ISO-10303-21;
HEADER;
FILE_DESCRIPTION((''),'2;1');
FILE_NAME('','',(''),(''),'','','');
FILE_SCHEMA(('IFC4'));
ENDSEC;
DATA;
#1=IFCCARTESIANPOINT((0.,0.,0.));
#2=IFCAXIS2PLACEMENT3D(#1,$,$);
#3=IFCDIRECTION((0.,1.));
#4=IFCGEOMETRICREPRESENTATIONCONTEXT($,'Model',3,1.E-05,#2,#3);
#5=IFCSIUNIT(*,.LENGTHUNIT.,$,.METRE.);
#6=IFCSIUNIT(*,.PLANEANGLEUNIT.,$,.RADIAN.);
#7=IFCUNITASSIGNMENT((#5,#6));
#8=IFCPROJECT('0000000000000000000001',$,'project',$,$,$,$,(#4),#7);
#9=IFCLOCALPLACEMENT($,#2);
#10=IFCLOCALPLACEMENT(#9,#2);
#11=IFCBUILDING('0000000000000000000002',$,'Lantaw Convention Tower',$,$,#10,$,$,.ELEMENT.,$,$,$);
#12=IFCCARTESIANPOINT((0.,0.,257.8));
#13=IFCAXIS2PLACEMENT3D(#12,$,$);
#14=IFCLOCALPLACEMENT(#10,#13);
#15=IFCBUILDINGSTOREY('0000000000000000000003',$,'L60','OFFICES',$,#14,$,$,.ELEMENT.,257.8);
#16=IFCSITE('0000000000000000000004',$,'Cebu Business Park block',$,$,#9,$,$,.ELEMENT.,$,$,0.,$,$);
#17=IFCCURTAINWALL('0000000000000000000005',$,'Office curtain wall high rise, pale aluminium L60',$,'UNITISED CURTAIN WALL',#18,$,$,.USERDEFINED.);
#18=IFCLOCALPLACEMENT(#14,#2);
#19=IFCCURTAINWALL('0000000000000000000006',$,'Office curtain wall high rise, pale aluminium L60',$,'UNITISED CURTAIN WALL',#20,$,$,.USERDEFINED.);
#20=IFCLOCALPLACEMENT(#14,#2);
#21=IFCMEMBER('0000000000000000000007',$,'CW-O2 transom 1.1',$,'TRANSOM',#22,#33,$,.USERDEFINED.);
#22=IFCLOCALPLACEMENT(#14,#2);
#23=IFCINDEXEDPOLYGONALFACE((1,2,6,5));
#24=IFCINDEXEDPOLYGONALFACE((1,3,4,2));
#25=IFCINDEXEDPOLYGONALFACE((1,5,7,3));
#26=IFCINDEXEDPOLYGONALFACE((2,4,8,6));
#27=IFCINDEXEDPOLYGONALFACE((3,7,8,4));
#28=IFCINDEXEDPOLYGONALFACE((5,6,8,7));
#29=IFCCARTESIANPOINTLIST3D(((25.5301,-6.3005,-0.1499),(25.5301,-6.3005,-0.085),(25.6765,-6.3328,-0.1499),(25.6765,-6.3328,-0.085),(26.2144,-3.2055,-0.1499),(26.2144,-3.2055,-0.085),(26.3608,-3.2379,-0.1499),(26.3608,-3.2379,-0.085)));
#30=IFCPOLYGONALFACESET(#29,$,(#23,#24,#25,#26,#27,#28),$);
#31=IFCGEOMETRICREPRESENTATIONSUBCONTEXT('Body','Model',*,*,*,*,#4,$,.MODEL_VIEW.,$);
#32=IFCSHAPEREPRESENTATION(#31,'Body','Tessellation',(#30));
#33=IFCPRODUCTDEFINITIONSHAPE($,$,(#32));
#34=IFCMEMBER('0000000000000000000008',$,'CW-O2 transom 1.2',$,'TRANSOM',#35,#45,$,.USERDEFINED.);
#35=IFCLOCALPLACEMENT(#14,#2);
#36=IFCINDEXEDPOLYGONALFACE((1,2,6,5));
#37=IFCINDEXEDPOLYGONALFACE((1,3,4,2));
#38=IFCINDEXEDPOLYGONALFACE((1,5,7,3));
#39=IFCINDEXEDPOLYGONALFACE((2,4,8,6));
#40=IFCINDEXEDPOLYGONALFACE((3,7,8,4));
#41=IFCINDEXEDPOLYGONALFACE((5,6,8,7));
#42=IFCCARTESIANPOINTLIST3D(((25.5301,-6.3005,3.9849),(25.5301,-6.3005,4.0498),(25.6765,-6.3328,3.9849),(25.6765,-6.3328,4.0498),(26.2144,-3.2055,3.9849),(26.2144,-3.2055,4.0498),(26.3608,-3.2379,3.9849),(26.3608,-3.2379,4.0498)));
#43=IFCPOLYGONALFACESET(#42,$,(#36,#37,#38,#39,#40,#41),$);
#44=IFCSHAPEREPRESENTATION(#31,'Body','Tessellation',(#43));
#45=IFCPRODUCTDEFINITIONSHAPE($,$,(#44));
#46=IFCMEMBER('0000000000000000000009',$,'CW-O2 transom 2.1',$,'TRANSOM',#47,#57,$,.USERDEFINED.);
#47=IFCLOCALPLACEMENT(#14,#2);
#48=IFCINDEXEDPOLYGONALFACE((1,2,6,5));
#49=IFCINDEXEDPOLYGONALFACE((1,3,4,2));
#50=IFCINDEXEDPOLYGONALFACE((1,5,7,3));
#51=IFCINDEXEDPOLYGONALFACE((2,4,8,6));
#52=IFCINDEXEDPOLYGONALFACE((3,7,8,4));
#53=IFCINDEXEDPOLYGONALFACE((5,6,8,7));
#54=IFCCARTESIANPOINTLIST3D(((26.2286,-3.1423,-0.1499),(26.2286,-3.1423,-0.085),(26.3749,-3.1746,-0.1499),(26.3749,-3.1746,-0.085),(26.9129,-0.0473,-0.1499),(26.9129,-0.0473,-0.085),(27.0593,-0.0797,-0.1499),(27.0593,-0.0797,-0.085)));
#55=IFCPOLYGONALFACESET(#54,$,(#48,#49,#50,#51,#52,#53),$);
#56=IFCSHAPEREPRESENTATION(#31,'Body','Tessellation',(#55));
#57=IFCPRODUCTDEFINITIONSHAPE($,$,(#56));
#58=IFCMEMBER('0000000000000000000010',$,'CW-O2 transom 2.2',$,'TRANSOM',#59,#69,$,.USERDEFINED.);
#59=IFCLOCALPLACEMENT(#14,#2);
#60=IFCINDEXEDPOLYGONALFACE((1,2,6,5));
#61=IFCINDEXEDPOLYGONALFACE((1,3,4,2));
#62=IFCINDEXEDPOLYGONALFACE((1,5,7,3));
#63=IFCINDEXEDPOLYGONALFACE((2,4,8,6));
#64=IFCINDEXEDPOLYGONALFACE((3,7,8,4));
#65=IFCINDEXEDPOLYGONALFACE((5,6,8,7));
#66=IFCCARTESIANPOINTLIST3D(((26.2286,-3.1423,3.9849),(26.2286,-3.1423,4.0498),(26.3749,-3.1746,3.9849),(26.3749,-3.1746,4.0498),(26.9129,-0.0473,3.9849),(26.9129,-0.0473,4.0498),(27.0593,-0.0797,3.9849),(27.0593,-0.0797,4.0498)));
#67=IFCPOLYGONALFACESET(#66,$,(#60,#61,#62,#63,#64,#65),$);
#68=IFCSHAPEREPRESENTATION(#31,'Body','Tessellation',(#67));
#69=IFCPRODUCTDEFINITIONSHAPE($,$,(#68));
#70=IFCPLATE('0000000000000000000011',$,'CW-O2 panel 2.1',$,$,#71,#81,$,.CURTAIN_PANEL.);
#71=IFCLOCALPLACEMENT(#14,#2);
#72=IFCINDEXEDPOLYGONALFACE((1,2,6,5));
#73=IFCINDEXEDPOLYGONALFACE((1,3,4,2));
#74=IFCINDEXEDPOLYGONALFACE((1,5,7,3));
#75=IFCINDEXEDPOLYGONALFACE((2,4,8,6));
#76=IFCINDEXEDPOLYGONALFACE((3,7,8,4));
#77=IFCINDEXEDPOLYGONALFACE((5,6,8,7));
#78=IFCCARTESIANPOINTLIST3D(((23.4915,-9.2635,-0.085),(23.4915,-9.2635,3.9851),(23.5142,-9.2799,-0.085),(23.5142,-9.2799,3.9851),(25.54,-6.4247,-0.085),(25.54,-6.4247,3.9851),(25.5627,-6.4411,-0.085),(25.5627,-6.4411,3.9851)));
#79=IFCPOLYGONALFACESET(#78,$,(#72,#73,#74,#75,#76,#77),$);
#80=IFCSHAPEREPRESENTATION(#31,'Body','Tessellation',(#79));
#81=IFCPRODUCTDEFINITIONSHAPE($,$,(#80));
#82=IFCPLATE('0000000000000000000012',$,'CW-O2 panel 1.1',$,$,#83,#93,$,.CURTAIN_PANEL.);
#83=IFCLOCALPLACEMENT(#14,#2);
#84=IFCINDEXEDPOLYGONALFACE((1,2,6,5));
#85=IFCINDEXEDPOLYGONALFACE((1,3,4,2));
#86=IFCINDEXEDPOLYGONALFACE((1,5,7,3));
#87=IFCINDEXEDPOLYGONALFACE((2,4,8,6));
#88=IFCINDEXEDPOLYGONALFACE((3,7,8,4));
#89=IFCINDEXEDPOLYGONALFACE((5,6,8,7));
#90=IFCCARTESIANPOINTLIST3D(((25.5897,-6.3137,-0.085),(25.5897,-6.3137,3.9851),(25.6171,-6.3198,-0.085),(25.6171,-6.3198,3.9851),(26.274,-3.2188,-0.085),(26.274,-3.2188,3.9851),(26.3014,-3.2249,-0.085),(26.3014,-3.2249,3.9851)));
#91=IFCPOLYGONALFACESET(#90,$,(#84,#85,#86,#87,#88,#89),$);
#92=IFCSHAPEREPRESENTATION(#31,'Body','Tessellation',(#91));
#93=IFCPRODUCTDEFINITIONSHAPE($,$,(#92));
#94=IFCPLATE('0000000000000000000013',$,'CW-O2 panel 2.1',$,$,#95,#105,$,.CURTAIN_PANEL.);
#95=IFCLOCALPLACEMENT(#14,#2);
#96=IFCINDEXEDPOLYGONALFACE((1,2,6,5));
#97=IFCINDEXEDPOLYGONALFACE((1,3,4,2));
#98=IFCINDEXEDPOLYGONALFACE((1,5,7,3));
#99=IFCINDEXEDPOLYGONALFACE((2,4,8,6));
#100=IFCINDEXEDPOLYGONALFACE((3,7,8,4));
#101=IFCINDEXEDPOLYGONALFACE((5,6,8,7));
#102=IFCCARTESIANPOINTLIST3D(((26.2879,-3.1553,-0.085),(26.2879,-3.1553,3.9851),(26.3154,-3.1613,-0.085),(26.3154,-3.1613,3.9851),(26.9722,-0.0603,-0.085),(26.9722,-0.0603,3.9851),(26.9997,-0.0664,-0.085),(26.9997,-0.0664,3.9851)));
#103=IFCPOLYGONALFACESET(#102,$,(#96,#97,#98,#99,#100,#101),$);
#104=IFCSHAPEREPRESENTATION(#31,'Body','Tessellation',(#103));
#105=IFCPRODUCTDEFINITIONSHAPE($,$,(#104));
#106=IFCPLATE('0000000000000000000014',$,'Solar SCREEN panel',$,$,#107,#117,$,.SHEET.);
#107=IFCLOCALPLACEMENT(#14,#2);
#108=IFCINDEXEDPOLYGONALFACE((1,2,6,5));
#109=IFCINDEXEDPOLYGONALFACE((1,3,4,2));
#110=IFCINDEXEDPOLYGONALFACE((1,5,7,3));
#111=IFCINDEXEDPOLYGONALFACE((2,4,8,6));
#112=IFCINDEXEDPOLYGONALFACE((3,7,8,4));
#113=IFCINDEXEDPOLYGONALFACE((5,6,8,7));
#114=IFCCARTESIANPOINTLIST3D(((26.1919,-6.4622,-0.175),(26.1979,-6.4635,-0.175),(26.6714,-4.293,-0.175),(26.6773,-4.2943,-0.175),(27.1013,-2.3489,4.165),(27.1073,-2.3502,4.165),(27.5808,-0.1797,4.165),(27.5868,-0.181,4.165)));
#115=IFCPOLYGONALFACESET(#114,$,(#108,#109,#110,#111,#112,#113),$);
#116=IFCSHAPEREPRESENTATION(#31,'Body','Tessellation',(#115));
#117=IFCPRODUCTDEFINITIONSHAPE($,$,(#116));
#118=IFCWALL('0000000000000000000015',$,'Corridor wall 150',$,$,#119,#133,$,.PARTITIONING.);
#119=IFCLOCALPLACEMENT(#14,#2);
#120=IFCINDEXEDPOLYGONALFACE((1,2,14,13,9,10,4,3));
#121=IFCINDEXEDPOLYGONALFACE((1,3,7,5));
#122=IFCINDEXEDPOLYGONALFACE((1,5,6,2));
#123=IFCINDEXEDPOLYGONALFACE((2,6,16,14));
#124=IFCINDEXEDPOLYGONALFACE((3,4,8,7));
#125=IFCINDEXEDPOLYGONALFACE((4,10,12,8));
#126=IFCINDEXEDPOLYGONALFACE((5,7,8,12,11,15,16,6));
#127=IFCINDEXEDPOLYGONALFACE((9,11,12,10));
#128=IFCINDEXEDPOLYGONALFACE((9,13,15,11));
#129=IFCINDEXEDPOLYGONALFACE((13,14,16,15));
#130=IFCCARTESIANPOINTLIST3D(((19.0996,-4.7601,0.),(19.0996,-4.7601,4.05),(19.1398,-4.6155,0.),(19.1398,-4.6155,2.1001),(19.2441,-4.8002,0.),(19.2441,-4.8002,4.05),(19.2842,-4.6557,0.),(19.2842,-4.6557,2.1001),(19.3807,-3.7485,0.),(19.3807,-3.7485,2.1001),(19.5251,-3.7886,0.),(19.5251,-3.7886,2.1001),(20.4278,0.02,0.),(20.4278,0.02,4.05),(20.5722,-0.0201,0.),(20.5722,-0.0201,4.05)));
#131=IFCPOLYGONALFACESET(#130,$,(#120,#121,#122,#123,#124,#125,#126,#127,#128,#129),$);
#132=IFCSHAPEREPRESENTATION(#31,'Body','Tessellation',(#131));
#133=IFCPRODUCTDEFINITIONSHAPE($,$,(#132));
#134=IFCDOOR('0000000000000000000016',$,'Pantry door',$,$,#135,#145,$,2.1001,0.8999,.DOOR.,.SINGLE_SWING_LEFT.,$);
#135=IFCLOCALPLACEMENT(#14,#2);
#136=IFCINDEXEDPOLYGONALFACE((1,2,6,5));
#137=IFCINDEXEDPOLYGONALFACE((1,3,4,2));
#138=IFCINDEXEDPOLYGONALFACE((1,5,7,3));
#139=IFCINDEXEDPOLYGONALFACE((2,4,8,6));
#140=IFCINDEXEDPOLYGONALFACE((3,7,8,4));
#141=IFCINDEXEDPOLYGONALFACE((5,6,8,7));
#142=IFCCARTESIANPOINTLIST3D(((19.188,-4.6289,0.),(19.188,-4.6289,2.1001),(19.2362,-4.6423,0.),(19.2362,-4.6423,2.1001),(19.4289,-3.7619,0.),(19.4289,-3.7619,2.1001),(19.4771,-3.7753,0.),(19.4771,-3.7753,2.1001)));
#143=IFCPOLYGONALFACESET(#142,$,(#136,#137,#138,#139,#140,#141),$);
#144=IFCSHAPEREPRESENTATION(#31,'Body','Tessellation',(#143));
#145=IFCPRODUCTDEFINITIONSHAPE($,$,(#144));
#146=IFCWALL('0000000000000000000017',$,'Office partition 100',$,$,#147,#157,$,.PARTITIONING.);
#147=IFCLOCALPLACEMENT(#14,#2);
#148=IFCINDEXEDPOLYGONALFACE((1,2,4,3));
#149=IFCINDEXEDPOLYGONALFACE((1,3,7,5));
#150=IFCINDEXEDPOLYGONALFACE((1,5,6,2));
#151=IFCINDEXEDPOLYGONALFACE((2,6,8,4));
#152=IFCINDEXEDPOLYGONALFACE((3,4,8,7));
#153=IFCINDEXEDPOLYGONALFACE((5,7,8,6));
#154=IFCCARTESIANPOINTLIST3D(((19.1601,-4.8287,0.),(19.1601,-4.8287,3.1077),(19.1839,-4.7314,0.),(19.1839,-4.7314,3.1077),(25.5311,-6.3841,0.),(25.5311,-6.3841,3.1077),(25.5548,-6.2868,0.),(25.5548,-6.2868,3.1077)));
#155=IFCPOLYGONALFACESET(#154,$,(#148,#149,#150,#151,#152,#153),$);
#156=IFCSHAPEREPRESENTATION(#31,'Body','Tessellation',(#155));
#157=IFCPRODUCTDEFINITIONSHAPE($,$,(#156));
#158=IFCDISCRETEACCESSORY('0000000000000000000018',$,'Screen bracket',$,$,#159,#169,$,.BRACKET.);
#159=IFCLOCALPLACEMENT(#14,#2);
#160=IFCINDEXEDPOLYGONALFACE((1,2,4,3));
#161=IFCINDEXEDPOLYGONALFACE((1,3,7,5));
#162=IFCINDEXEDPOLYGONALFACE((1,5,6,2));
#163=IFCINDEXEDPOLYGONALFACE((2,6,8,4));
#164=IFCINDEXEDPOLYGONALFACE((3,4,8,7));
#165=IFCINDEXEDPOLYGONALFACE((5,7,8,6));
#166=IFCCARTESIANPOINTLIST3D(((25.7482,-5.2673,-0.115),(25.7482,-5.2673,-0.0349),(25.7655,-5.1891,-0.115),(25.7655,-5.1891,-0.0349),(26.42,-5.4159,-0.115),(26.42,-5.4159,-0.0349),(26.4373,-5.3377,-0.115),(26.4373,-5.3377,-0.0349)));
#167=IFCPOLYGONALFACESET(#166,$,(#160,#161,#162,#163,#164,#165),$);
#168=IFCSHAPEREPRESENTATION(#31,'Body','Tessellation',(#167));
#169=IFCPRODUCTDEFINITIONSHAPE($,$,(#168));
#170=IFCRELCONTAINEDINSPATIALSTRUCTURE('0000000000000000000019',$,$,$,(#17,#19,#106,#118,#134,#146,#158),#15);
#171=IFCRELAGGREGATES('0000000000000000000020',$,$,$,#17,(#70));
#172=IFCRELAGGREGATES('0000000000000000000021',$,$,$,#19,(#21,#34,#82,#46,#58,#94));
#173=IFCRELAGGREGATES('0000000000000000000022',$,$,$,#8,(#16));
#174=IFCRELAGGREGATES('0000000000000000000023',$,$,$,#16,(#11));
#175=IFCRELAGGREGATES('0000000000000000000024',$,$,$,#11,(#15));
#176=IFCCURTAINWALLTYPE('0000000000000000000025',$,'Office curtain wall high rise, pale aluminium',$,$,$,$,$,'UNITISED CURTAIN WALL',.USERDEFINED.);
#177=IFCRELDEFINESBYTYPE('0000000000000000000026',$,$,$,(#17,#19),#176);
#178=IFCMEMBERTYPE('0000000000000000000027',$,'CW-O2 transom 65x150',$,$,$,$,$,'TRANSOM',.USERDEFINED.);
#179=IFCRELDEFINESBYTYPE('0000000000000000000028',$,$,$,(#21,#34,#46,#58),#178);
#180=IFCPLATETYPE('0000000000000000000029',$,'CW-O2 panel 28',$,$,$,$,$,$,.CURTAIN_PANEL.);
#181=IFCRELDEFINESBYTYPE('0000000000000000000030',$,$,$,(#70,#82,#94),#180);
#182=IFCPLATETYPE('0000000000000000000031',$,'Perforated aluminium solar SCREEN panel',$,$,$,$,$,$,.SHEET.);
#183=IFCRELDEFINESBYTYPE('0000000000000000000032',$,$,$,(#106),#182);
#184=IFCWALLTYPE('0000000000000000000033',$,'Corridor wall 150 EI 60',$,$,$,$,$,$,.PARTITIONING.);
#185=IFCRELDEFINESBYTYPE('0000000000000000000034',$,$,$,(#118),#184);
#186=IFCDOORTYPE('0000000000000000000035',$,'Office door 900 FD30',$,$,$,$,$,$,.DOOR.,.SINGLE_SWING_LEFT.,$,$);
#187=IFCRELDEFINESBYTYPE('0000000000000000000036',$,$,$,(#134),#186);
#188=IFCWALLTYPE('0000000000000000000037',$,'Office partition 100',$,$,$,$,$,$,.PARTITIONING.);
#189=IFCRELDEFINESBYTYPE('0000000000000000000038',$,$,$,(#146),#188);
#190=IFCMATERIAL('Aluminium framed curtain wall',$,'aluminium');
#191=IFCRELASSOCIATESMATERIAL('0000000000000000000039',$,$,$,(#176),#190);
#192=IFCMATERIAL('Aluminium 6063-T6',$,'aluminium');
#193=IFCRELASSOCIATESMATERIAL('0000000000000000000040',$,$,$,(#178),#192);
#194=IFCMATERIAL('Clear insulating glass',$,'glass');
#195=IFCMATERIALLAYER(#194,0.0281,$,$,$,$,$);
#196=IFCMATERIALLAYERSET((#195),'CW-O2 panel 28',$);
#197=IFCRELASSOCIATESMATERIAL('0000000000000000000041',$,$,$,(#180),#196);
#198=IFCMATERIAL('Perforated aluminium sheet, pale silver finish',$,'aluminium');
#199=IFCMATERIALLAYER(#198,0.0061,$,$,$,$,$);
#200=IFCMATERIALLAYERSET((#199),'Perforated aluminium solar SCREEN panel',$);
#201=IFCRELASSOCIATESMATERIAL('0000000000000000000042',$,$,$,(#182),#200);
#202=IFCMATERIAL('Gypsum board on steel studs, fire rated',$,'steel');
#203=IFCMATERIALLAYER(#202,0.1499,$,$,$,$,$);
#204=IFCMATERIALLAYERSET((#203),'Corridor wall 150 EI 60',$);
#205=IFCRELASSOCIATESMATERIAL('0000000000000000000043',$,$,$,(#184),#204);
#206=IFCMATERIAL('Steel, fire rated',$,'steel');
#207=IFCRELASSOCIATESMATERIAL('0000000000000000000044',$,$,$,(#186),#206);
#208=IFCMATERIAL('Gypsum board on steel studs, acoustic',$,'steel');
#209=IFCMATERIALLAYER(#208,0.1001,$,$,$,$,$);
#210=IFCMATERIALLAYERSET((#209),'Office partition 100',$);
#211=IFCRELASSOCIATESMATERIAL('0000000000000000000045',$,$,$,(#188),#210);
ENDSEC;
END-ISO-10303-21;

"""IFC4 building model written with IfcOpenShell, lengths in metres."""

from ifc_helpers import new_model, si_unit, direction, frame, frame_2d, origin, origin_2d, place, context, subcontext, project, spatial, polyline, rectangle, outline, extrude, material, layer, layer_set, material_profile, profile_set, type_object, element, fill, aggregate, save


model = new_model("IFC4")

# Units and contexts
model_context = context("Model", 3, precision=1e-05, world=origin(), true_north=direction((0.0, 1.0)))
body_context = subcontext(model_context, "Body", "Model", "MODEL_VIEW")
ifc_project = project(units=[si_unit("LENGTHUNIT", "METRE"), si_unit("PLANEANGLEUNIT", "RADIAN")], contexts=[model_context])

# Site, building, storey
site_placement = place(None, origin())
site = spatial("IfcSite", under=ifc_project, at=site_placement, Name="Cebu Business Park block", CompositionType="ELEMENT", RefElevation=0.0)
building_placement = place(site_placement, origin())
building = spatial("IfcBuilding", under=site, at=building_placement, Name="Lantaw Convention Tower", CompositionType="ELEMENT")
storey_placement = place(building_placement, frame((0.0, 0.0, 257.8)))
storey = spatial("IfcBuildingStorey", under=building, at=storey_placement, Name="L60", Description="OFFICES", CompositionType="ELEMENT", Elevation=257.8)

# Curtain wall
ifc_material_1 = material(Name="Aluminium framed curtain wall", Category="aluminium")
curtain_wall_type = type_object("IfcCurtainWallType", Name="Office curtain wall high rise, pale aluminium", ElementType="UNITISED CURTAIN WALL", PredefinedType="USERDEFINED", material=ifc_material_1)
curtain_wall_1_placement = place(storey_placement, origin())
curtain_wall_1 = element("IfcCurtainWall", 1, at=curtain_wall_1_placement, inside=storey, type_object=curtain_wall_type, Name="Office curtain wall high rise, pale aluminium L60", ObjectType="UNITISED CURTAIN WALL", PredefinedType="USERDEFINED")
ifc_material_2 = material(Name="Aluminium 6063-T6", Category="aluminium")

# Curtain wall
curtain_wall_2_placement = place(storey_placement, origin())
curtain_wall_2 = element("IfcCurtainWall", 2, at=curtain_wall_2_placement, inside=storey, type_object=curtain_wall_type, Name="Office curtain wall high rise, pale aluminium L60", ObjectType="UNITISED CURTAIN WALL", PredefinedType="USERDEFINED")

# Members
ifc_material_profile_1 = material_profile(ifc_material_2, rectangle(XDim=0.1499, YDim=0.0649, at=origin_2d()), Name="CW-O2 transom 65x150")
ifc_profile_set_1 = profile_set([ifc_material_profile_1], Name="Aluminium 6063-T6")
member_type_1 = type_object("IfcMemberType", Name="CW-O2 transom 65x150", ElementType="TRANSOM", PredefinedType="USERDEFINED", material=ifc_profile_set_1)
member_1_placement = place(storey_placement, frame((25.6033, -6.3167, -0.1174), z_axis=(0.215895, 0.976417, 0.0), x_axis=(-0.976417, 0.215895, 0.0)))
member_1 = element("IfcMember", 3, at=member_1_placement, type_object=member_type_1, Name="CW-O2 transom 1.1", ObjectType="TRANSOM", PredefinedType="USERDEFINED", context=body_context, shape_type="SweptSolid", body=[
    extrude(rectangle(XDim=0.1499, YDim=0.0649, at=origin_2d()), origin(), (0.0, 0.0, 1.0), 3.1697),
])
member_2_placement = place(storey_placement, frame((25.6033, -6.3167, 4.0173), z_axis=(0.215895, 0.976417, 0.0), x_axis=(-0.976417, 0.215895, 0.0)))
member_2 = element("IfcMember", 4, at=member_2_placement, type_object=member_type_1, Name="CW-O2 transom 1.2", ObjectType="TRANSOM", PredefinedType="USERDEFINED", context=body_context, shape_type="SweptSolid", body=[
    extrude(rectangle(XDim=0.1499, YDim=0.0649, at=origin_2d()), origin(), (0.0, 0.0, 1.0), 3.1697),
])
member_3_placement = place(storey_placement, frame((26.3018, -3.1584, -0.1174), z_axis=(0.215895, 0.976417, 0.0), x_axis=(-0.976417, 0.215895, 0.0)))
member_3 = element("IfcMember", 5, at=member_3_placement, type_object=member_type_1, Name="CW-O2 transom 2.1", ObjectType="TRANSOM", PredefinedType="USERDEFINED", context=body_context, shape_type="SweptSolid", body=[
    extrude(rectangle(XDim=0.1499, YDim=0.0649, at=origin_2d()), origin(), (0.0, 0.0, 1.0), 3.1697),
])
member_4_placement = place(storey_placement, frame((26.3018, -3.1584, 4.0173), z_axis=(0.215895, 0.976417, 0.0), x_axis=(-0.976417, 0.215895, 0.0)))
member_4 = element("IfcMember", 6, at=member_4_placement, type_object=member_type_1, Name="CW-O2 transom 2.2", ObjectType="TRANSOM", PredefinedType="USERDEFINED", context=body_context, shape_type="SweptSolid", body=[
    extrude(rectangle(XDim=0.1499, YDim=0.0649, at=origin_2d()), origin(), (0.0, 0.0, 1.0), 3.1697),
])

# Plates
ifc_material_3 = material(Name="Clear insulating glass", Category="glass")
ifc_layer_1 = layer(ifc_material_3, 0.0281)
ifc_layer_set_1 = layer_set([ifc_layer_1], Name="CW-O2 panel 28")
plate_type_1 = type_object("IfcPlateType", Name="CW-O2 panel 28", PredefinedType="CURTAIN_PANEL", material=ifc_layer_set_1)
plate_1_placement = place(storey_placement, frame((24.5271, -7.8523, -0.085), z_axis=(0.0, 0.0, 1.0), x_axis=(0.585158, 0.81092, 0.0)))
plate_1 = element("IfcPlate", 7, at=plate_1_placement, type_object=plate_type_1, Name="CW-O2 panel 2.1", PredefinedType="CURTAIN_PANEL", context=body_context, shape_type="SweptSolid", body=[
    extrude(rectangle(XDim=3.5007, YDim=0.0281, at=origin_2d()), origin(), (0.0, 0.0, 1.0), 4.0701),
])
aggregate(curtain_wall_1, [plate_1])
plate_2_placement = place(storey_placement, frame((25.9456, -4.7693, -0.085), z_axis=(0.0, 0.0, 1.0), x_axis=(0.215891, 0.976417, 0.0)))
plate_2 = element("IfcPlate", 8, at=plate_2_placement, type_object=plate_type_1, Name="CW-O2 panel 1.1", PredefinedType="CURTAIN_PANEL", context=body_context, shape_type="SweptSolid", body=[
    extrude(rectangle(XDim=3.1697, YDim=0.0281, at=origin_2d()), origin(), (0.0, 0.0, 1.0), 4.0701),
])
plate_3_placement = place(storey_placement, frame((26.6438, -1.6108, -0.085), z_axis=(0.0, 0.0, 1.0), x_axis=(0.215891, 0.976417, 0.0)))
plate_3 = element("IfcPlate", 9, at=plate_3_placement, type_object=plate_type_1, Name="CW-O2 panel 2.1", PredefinedType="CURTAIN_PANEL", context=body_context, shape_type="SweptSolid", body=[
    extrude(rectangle(XDim=3.1697, YDim=0.0281, at=origin_2d()), origin(), (0.0, 0.0, 1.0), 4.0701),
])
aggregate(curtain_wall_2, [member_1, member_2, plate_2, member_3, member_4, plate_3])
ifc_material_4 = material(Name="Perforated aluminium sheet, pale silver finish", Category="aluminium")
ifc_layer_2 = layer(ifc_material_4, 0.0061)
ifc_layer_set_2 = layer_set([ifc_layer_2], Name="Perforated aluminium solar SCREEN panel")
plate_type_2 = type_object("IfcPlateType", Name="Perforated aluminium solar SCREEN panel", PredefinedType="SHEET", material=ifc_layer_set_2)
plate_4_placement = place(storey_placement, frame((26.1919, -6.4622, -0.175), z_axis=(-0.97643, 0.215837, 0.000044), x_axis=(0.215837, 0.97643, 0.0)))
element("IfcPlate", 10, at=plate_4_placement, inside=storey, type_object=plate_type_2, Name="Solar SCREEN panel", PredefinedType="SHEET", context=body_context, shape_type="SweptSolid", body=[
    extrude(outline(polyline([(0.0, 0.0), (2.2216, 0.0), (6.4342, -4.3401), (4.2126, -4.3401), (0.0, 0.0)])), origin(), (0.0, 0.0, -1.0), 0.0061),
])

# Wall, opening, door
ifc_material_5 = material(Name="Gypsum board on steel studs, fire rated", Category="steel")
ifc_layer_3 = layer(ifc_material_5, 0.1499)
ifc_layer_set_3 = layer_set([ifc_layer_3], Name="Corridor wall 150 EI 60")
wall_type_1 = type_object("IfcWallType", Name="Corridor wall 150 EI 60", PredefinedType="PARTITIONING", material=ifc_layer_set_3)
wall_1_placement = place(storey_placement, frame((19.1719, -4.78, 0.0), z_axis=(0.0, 0.0, 1.0), x_axis=(0.267707, 0.9635, 0.0)))
wall_1 = element("IfcWall", 11, at=wall_1_placement, inside=storey, type_object=wall_type_1, Name="Corridor wall 150", PredefinedType="PARTITIONING", context=body_context, shape_type="SweptSolid", body=[
    extrude(rectangle(XDim=4.9612, YDim=0.1499, at=frame_2d((2.4805, 0.0))), origin(), (0.0, 0.0, 1.0), 4.05),
])
opening_placement = place(wall_1_placement, frame((0.1499, 0.0, 0.0)))
opening = element("IfcOpeningElement", 12, at=opening_placement, cuts=wall_1, PredefinedType="OPENING", context=body_context, shape_type="SweptSolid", body=[
    extrude(rectangle(XDim=0.8999, YDim=2.1001, at=frame_2d((0.45, 1.05))), frame((0.0, 0.085, 0.0), z_axis=(0.0, -1.0, 0.0), x_axis=(1.0, 0.0, 0.0)), (0.0, 0.0, 1.0), 0.1699),
])
ifc_material_6 = material(Name="Steel, fire rated", Category="steel")
door_type = type_object("IfcDoorType", Name="Office door 900 FD30", OperationType="SINGLE_SWING_LEFT", PredefinedType="DOOR", material=ifc_material_6)
door_placement = place(opening_placement, origin())
door = element("IfcDoor", 13, at=door_placement, inside=storey, type_object=door_type, Name="Pantry door", OperationType="SINGLE_SWING_LEFT", OverallHeight=2.1001, OverallWidth=0.8999, PredefinedType="DOOR", context=body_context, shape_type="SweptSolid", body=[
    extrude(rectangle(XDim=0.8999, YDim=2.1001, at=frame_2d((0.45, 1.05))), frame((0.0, 0.0249, 0.0), z_axis=(0.0, -1.0, 0.0), x_axis=(1.0, 0.0, 0.0)), (0.0, 0.0, 1.0), 0.05),
])
fill(opening, door)

# Wall
ifc_material_7 = material(Name="Gypsum board on steel studs, acoustic", Category="steel")
ifc_layer_4 = layer(ifc_material_7, 0.1001)
ifc_layer_set_4 = layer_set([ifc_layer_4], Name="Office partition 100")
wall_type_2 = type_object("IfcWallType", Name="Office partition 100", PredefinedType="PARTITIONING", material=ifc_layer_set_4)
wall_2_placement = place(storey_placement, frame((25.543, -6.3354, 0.0), z_axis=(0.0, 0.0, 1.0), x_axis=(-0.971468, 0.237171, 0.0)))
element("IfcWall", 14, at=wall_2_placement, inside=storey, type_object=wall_type_2, Name="Office partition 100", PredefinedType="PARTITIONING", context=body_context, shape_type="SweptSolid", body=[
    extrude(rectangle(XDim=6.5581, YDim=0.1001, at=frame_2d((3.2791, 0.0))), origin(), (0.0, 0.0, 1.0), 3.1077),
])

# Discrete accessory
discrete_accessory_placement = place(storey_placement, frame((26.0928, -5.3025, -0.115), z_axis=(0.0, 0.0, 1.0), x_axis=(0.215891, 0.976417, 0.0)))
element("IfcDiscreteAccessory", 15, at=discrete_accessory_placement, inside=storey, Name="Screen bracket", PredefinedType="BRACKET", context=body_context, shape_type="SweptSolid", body=[
    extrude(rectangle(XDim=0.0801, YDim=0.688, at=origin_2d()), origin(), (0.0, 0.0, 1.0), 0.0801),
])

save(model, "model.ifc")
